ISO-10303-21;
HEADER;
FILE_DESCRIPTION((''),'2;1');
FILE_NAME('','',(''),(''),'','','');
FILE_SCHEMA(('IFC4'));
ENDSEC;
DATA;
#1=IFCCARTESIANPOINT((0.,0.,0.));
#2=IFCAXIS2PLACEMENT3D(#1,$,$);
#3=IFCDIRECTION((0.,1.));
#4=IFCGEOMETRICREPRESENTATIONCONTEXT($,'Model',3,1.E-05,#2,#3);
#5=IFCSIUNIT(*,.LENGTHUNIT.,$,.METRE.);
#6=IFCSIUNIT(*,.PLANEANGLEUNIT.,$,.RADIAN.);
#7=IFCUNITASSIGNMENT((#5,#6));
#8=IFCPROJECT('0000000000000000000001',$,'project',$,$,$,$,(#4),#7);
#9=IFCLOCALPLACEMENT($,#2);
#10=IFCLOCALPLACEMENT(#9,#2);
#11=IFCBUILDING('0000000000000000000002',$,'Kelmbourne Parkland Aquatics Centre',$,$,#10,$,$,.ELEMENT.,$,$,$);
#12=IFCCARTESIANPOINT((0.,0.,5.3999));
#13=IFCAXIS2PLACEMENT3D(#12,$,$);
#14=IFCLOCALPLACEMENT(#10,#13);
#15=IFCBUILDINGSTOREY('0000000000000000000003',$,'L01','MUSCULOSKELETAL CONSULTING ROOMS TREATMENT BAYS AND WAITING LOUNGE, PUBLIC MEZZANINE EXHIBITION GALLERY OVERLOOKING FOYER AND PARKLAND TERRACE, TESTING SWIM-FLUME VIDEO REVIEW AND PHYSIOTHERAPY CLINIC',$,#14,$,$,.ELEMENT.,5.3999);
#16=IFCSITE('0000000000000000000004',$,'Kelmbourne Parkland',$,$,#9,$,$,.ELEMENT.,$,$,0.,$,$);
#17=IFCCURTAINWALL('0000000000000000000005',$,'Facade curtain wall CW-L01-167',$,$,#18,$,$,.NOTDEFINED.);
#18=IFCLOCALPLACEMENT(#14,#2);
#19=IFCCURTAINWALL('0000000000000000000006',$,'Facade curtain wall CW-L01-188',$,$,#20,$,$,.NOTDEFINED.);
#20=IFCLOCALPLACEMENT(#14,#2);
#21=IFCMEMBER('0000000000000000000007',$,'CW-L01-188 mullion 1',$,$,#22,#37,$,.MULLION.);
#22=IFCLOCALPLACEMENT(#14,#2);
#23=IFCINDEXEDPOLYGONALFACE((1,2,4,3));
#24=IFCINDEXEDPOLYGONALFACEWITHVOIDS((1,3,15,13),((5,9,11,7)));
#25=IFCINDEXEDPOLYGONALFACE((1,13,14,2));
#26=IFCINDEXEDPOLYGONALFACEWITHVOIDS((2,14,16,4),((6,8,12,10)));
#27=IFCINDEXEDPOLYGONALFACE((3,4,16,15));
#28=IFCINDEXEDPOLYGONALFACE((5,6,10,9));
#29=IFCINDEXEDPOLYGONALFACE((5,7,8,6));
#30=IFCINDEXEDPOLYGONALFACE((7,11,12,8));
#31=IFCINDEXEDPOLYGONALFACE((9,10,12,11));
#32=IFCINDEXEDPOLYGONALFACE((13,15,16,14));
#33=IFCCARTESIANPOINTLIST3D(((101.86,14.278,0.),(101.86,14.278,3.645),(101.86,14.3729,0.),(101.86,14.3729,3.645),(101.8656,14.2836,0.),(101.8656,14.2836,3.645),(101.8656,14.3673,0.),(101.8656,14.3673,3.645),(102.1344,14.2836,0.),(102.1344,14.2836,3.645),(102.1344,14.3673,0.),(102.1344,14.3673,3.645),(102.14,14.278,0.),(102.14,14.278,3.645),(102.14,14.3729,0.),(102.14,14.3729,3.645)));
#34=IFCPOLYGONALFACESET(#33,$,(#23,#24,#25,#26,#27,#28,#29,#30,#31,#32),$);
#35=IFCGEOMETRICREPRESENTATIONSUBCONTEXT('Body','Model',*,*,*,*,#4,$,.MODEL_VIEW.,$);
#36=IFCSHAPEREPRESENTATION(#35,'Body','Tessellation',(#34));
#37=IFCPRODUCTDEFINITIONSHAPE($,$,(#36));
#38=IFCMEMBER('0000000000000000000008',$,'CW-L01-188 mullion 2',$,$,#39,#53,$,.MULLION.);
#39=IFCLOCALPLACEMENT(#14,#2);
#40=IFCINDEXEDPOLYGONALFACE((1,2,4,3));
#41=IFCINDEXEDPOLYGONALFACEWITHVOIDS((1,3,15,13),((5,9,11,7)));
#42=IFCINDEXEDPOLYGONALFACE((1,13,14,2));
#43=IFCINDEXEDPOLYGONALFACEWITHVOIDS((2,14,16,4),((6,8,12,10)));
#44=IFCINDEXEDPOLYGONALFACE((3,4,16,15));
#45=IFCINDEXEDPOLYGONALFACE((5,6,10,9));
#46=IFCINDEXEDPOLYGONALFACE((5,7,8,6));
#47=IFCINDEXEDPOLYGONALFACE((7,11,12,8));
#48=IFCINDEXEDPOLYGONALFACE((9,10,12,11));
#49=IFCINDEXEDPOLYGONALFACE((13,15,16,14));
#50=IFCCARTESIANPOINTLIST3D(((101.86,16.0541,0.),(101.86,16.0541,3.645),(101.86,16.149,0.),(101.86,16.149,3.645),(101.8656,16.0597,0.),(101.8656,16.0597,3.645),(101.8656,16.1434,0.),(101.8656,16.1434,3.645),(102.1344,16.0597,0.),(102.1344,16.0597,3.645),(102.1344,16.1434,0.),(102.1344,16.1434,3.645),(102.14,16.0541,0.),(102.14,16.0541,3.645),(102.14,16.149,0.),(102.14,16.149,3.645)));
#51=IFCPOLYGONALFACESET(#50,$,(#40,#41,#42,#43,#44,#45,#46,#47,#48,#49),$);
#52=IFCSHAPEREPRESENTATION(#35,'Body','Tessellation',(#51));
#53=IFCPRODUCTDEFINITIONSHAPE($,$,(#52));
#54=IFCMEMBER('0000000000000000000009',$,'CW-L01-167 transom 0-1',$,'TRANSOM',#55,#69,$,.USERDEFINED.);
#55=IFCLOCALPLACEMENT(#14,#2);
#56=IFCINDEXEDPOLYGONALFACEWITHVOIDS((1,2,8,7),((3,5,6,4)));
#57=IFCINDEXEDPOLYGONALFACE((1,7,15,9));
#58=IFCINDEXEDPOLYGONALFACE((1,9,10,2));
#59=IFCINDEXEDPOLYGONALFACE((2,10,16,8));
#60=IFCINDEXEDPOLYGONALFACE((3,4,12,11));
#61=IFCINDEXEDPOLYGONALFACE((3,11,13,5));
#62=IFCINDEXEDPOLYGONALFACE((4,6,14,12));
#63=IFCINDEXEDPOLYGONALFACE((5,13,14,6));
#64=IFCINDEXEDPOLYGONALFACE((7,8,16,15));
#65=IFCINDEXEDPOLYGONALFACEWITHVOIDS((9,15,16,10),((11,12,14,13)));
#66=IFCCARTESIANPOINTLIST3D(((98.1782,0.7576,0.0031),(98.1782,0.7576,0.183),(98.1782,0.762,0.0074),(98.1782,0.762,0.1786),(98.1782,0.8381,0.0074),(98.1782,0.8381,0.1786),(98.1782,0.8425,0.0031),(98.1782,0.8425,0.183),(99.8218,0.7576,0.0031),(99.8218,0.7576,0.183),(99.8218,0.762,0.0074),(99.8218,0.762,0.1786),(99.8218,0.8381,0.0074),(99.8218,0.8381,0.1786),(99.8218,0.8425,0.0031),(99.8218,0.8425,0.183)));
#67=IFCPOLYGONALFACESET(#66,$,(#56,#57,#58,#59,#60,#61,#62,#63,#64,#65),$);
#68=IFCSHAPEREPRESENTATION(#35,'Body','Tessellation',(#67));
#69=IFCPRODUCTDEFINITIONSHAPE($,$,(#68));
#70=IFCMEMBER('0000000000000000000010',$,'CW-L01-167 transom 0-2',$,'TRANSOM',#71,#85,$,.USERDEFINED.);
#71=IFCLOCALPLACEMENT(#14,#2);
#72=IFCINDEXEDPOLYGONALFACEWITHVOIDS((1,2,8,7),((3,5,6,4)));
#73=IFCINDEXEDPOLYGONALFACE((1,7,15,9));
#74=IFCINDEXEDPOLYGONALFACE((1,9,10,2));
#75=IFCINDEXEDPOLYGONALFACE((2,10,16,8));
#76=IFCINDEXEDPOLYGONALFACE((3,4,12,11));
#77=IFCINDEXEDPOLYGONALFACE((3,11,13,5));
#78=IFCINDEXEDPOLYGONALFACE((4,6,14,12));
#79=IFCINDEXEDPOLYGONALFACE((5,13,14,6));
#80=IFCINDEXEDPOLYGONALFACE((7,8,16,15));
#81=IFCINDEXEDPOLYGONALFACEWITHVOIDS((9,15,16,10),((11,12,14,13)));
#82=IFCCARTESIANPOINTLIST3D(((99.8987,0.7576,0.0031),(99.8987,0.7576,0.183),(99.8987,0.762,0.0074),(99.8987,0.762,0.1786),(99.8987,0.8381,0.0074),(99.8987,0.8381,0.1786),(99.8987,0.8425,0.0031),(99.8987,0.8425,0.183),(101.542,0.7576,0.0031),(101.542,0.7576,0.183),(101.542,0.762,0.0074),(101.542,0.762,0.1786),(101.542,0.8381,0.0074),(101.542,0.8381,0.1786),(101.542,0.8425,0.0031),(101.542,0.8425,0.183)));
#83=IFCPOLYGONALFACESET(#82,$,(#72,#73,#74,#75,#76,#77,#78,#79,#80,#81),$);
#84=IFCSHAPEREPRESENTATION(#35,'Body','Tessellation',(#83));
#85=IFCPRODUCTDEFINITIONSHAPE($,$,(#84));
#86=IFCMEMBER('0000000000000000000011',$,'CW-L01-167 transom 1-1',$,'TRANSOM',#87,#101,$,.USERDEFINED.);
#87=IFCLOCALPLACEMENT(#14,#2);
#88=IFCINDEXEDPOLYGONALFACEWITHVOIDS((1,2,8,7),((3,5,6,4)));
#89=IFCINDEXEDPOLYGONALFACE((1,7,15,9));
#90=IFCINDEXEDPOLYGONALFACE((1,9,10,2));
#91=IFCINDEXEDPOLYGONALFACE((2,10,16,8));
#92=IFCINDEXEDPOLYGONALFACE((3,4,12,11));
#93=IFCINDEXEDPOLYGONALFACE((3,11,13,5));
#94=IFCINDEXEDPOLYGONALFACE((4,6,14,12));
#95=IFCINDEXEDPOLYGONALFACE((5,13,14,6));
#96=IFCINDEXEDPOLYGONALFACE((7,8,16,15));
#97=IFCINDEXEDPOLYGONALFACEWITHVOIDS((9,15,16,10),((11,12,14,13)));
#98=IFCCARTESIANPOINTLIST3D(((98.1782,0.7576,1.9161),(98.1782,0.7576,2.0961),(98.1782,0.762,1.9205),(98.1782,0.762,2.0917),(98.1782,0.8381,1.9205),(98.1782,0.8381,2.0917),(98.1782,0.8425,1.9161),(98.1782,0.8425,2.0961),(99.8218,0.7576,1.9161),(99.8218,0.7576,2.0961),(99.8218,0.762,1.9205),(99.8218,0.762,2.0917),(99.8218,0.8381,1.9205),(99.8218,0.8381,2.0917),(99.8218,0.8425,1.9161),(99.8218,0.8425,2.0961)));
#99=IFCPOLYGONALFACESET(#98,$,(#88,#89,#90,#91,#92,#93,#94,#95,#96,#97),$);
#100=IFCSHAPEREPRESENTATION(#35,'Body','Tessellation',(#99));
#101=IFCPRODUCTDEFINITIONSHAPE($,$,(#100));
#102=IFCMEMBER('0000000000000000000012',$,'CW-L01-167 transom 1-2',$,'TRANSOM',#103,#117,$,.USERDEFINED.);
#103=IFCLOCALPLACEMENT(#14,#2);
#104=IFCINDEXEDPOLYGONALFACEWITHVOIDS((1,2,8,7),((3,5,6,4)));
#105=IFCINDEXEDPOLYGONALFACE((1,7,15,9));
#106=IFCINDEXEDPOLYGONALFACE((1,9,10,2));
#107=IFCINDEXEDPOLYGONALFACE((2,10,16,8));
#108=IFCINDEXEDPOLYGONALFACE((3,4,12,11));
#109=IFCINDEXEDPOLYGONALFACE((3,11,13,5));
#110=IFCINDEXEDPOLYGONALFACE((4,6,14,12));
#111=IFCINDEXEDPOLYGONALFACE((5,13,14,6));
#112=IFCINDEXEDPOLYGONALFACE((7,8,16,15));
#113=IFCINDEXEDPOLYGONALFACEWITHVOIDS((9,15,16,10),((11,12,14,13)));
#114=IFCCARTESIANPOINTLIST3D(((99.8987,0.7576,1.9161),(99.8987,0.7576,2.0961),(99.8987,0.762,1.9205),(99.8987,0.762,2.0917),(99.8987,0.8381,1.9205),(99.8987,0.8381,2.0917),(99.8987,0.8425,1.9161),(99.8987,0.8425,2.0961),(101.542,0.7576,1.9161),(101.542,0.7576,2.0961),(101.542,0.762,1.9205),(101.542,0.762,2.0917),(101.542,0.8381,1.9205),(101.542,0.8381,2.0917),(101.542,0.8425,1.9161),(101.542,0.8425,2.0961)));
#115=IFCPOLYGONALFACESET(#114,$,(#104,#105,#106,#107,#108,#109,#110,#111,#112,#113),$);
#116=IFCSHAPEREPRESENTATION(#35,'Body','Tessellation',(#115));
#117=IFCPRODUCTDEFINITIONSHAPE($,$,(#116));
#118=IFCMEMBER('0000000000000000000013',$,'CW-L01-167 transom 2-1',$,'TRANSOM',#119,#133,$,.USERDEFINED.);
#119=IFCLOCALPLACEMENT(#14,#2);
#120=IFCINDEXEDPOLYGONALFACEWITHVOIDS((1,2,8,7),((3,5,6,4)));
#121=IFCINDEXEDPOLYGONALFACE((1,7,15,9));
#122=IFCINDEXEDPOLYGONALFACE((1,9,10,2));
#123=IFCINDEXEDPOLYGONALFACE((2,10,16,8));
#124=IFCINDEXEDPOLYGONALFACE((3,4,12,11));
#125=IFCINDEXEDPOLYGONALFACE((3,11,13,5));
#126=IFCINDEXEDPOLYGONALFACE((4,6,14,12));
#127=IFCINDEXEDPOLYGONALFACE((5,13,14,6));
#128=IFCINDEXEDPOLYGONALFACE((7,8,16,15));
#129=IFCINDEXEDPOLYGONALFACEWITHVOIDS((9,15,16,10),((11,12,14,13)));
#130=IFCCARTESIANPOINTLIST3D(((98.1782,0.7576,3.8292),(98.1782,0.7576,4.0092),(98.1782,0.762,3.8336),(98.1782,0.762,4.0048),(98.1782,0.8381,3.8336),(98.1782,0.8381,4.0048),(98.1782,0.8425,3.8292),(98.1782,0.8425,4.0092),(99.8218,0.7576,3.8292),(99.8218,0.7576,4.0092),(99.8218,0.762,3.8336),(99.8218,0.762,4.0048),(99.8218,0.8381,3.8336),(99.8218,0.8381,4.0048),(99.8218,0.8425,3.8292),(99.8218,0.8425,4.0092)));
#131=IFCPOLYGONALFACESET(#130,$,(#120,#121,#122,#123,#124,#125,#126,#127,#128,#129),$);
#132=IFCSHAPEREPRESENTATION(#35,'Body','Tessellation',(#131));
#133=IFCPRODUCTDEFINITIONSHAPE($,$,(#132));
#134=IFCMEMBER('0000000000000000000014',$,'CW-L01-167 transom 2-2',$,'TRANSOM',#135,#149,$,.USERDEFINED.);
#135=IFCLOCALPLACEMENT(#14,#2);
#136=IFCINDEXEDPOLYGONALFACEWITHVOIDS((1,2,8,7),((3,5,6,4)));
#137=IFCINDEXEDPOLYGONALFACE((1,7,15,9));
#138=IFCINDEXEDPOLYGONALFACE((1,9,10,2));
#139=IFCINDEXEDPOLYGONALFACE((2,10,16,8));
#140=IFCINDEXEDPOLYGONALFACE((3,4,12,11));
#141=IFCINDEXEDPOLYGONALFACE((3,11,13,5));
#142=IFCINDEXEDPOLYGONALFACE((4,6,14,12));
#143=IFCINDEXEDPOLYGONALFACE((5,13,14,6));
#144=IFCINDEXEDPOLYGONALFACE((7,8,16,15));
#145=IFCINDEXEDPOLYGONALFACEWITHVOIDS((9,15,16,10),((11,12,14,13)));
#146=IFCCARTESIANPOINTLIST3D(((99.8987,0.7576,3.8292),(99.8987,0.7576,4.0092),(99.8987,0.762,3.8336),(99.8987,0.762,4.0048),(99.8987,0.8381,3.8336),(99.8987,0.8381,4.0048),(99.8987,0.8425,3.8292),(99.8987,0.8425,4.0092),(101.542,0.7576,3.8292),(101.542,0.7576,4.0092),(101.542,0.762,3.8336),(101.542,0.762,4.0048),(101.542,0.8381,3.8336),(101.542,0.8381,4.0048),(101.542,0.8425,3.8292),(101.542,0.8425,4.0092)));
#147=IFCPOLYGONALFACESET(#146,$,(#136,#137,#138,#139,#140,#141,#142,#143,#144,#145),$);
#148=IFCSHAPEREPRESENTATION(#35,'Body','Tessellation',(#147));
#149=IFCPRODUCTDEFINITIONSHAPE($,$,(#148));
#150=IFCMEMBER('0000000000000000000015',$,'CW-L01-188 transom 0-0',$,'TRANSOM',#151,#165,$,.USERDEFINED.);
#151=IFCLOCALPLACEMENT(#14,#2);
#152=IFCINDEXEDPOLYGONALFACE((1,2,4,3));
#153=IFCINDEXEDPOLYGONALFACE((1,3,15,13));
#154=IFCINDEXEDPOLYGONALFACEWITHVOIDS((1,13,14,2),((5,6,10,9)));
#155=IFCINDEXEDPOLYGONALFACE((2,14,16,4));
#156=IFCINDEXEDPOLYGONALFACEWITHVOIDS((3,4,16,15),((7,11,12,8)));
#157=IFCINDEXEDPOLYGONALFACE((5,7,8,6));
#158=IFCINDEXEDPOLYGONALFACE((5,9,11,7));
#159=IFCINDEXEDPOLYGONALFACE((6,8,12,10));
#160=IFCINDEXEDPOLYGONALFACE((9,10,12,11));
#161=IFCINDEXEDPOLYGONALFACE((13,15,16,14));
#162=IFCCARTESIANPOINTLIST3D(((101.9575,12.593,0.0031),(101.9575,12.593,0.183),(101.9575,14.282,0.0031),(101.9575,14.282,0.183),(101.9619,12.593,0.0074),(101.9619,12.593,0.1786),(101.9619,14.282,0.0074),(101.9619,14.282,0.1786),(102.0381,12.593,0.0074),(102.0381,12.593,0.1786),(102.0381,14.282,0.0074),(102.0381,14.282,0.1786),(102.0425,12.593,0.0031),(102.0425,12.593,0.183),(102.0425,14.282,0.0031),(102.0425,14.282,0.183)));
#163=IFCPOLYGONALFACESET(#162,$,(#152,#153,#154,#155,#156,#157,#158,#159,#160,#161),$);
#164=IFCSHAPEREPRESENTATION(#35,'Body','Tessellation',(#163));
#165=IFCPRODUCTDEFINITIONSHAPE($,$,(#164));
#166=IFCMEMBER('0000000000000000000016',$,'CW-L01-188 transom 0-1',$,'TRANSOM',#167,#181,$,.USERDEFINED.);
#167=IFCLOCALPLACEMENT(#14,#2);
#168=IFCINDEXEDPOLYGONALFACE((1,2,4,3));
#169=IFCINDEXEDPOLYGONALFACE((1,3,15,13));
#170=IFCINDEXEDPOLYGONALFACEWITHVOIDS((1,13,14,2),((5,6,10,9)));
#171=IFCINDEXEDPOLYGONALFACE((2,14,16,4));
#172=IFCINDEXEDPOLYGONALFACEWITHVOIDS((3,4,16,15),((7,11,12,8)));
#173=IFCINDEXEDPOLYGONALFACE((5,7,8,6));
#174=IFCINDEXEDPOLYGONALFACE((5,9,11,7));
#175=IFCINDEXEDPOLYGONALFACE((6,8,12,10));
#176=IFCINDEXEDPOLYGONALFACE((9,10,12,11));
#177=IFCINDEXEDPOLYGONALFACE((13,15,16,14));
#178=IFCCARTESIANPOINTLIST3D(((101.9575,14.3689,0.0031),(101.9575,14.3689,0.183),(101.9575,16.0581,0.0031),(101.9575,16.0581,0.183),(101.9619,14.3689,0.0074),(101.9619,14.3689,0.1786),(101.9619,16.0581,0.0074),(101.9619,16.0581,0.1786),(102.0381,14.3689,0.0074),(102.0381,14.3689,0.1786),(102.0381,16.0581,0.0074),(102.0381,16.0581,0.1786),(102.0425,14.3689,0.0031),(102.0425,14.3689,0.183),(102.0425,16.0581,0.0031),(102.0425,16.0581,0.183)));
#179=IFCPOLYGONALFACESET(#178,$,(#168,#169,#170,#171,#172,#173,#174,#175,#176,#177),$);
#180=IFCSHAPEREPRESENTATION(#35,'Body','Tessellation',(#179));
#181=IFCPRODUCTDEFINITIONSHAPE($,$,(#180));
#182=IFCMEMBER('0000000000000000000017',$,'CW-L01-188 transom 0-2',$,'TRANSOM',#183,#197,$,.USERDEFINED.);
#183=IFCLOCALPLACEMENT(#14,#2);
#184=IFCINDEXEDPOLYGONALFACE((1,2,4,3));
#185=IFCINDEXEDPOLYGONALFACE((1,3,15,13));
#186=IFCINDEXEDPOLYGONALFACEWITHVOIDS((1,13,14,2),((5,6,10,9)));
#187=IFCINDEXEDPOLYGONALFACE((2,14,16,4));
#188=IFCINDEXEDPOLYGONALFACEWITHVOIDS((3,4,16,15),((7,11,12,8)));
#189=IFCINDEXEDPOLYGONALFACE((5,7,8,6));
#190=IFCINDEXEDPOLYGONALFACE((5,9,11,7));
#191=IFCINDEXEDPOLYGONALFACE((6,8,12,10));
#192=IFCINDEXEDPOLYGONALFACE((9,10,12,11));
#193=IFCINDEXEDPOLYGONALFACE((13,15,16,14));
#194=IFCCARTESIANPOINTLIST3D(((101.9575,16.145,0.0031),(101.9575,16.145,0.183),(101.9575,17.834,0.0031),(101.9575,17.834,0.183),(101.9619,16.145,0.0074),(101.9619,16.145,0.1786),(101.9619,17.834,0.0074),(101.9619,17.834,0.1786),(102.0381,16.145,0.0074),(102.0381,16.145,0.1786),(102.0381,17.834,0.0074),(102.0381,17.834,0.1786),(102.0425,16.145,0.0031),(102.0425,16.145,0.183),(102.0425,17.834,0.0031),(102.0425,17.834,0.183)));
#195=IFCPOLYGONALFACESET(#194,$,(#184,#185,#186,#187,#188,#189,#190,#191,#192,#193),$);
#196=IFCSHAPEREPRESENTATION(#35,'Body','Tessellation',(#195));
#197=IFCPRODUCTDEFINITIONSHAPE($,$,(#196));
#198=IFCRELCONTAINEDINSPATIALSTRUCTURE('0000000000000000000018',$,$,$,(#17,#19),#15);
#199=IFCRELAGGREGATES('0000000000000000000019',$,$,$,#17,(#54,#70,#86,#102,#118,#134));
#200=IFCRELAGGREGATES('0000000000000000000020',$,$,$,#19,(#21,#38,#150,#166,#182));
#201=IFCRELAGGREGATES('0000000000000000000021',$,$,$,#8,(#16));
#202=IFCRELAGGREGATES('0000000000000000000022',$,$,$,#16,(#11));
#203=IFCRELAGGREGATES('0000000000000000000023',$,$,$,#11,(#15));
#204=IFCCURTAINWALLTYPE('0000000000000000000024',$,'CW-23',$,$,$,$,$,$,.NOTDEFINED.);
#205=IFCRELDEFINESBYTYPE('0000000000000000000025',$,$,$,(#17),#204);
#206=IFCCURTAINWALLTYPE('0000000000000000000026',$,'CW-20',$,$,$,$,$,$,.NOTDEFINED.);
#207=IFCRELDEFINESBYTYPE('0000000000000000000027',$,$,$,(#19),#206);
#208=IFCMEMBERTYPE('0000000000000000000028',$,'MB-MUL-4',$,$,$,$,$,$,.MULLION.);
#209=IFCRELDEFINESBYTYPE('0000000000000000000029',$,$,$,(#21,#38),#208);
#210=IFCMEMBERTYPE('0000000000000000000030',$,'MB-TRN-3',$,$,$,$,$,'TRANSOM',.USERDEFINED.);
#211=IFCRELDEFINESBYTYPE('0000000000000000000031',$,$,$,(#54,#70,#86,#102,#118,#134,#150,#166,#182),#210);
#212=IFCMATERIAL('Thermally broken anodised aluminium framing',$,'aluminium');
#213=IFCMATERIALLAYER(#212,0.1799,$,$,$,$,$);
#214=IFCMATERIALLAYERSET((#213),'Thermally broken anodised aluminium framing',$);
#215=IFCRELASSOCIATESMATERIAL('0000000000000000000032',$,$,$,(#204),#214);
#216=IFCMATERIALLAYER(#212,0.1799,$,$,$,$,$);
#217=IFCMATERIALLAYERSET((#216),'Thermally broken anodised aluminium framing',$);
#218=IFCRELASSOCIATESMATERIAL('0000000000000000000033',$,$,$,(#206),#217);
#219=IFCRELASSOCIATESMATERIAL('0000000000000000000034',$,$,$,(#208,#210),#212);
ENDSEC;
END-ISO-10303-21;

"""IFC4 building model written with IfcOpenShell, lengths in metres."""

from ifc_helpers import new_model, si_unit, direction, frame, origin, origin_2d, place, context, subcontext, project, spatial, hollow_rectangle, extrude, material, layer, layer_set, material_profile, profile_set, type_object, element, aggregate, save


model = new_model("IFC4")

# Units and contexts
model_context = context("Model", 3, precision=1e-05, world=origin(), true_north=direction((0.0, 1.0)))
body_context = subcontext(model_context, "Body", "Model", "MODEL_VIEW")
ifc_project = project(units=[si_unit("LENGTHUNIT", "METRE"), si_unit("PLANEANGLEUNIT", "RADIAN")], contexts=[model_context])

# Site, building, storey
site_placement = place(None, origin())
site = spatial("IfcSite", under=ifc_project, at=site_placement, Name="Kelmbourne Parkland", CompositionType="ELEMENT", RefElevation=0.0)
building_placement = place(site_placement, origin())
building = spatial("IfcBuilding", under=site, at=building_placement, Name="Kelmbourne Parkland Aquatics Centre", CompositionType="ELEMENT")
storey_placement = place(building_placement, frame((0.0, 0.0, 5.3999)))
storey = spatial("IfcBuildingStorey", under=building, at=storey_placement, Name="L01", Description="MUSCULOSKELETAL CONSULTING ROOMS TREATMENT BAYS AND WAITING LOUNGE, PUBLIC MEZZANINE EXHIBITION GALLERY OVERLOOKING FOYER AND PARKLAND TERRACE, TESTING SWIM-FLUME VIDEO REVIEW AND PHYSIOTHERAPY CLINIC", CompositionType="ELEMENT", Elevation=5.3999)

# Curtain walls, members
ifc_material_1 = material(Name="Thermally broken anodised aluminium framing", Category="aluminium")
ifc_layer_1 = layer(ifc_material_1, 0.1799)
ifc_layer_set_1 = layer_set([ifc_layer_1], Name="Thermally broken anodised aluminium framing")
curtain_wall_type_1 = type_object("IfcCurtainWallType", Name="CW-23", PredefinedType="NOTDEFINED", material=ifc_layer_set_1)
curtain_wall_1_placement = place(storey_placement, origin())
curtain_wall_1 = element("IfcCurtainWall", 1, at=curtain_wall_1_placement, inside=storey, type_object=curtain_wall_type_1, Name="Facade curtain wall CW-L01-167", PredefinedType="NOTDEFINED")
ifc_layer_2 = layer(ifc_material_1, 0.1799)
ifc_layer_set_2 = layer_set([ifc_layer_2], Name="Thermally broken anodised aluminium framing")
curtain_wall_type_2 = type_object("IfcCurtainWallType", Name="CW-20", PredefinedType="NOTDEFINED", material=ifc_layer_set_2)
curtain_wall_2_placement = place(storey_placement, origin())
curtain_wall_2 = element("IfcCurtainWall", 2, at=curtain_wall_2_placement, inside=storey, type_object=curtain_wall_type_2, Name="Facade curtain wall CW-L01-188", PredefinedType="NOTDEFINED")
ifc_material_profile_1 = material_profile(ifc_material_1, hollow_rectangle(XDim=0.095, YDim=0.28, WallThickness=0.0056, at=origin_2d()), Name="CW-M 95x280")
ifc_profile_set_1 = profile_set([ifc_material_profile_1], Name="Thermally broken anodised aluminium framing")
member_type_1 = type_object("IfcMemberType", Name="MB-MUL-4", PredefinedType="MULLION", material=ifc_profile_set_1)
member_1_placement = place(storey_placement, frame((102.0, 14.3254, 0.0), z_axis=(0.0, 0.0, 1.0), x_axis=(0.0, 1.0, 0.0)))
member_1 = element("IfcMember", 3, at=member_1_placement, type_object=member_type_1, Name="CW-L01-188 mullion 1", PredefinedType="MULLION", context=body_context, shape_type="SweptSolid", body=[
    extrude(hollow_rectangle(XDim=0.095, YDim=0.28, WallThickness=0.0056, at=origin_2d()), origin(), (0.0, 0.0, 1.0), 3.645),
])
member_2_placement = place(storey_placement, frame((102.0, 16.1016, 0.0), z_axis=(0.0, 0.0, 1.0), x_axis=(0.0, 1.0, 0.0)))
member_2 = element("IfcMember", 4, at=member_2_placement, type_object=member_type_1, Name="CW-L01-188 mullion 2", PredefinedType="MULLION", context=body_context, shape_type="SweptSolid", body=[
    extrude(hollow_rectangle(XDim=0.095, YDim=0.28, WallThickness=0.0056, at=origin_2d()), origin(), (0.0, 0.0, 1.0), 3.645),
])

# Members
ifc_material_profile_2 = material_profile(ifc_material_1, hollow_rectangle(XDim=0.085, YDim=0.1799, WallThickness=0.0044, at=origin_2d()), Name="CW-T 85x180")
ifc_profile_set_2 = profile_set([ifc_material_profile_2], Name="Thermally broken anodised aluminium framing")
member_type_2 = type_object("IfcMemberType", Name="MB-TRN-3", ElementType="TRANSOM", PredefinedType="USERDEFINED", material=ifc_profile_set_2)
member_3_placement = place(storey_placement, frame((98.1782, 0.8, 0.093), z_axis=(1.0, 0.0, 0.0), x_axis=(0.0, 1.0, 0.0)))
member_3 = element("IfcMember", 5, at=member_3_placement, type_object=member_type_2, Name="CW-L01-167 transom 0-1", ObjectType="TRANSOM", PredefinedType="USERDEFINED", context=body_context, shape_type="SweptSolid", body=[
    extrude(hollow_rectangle(XDim=0.085, YDim=0.1799, WallThickness=0.0044, at=origin_2d()), origin(), (0.0, 0.0, 1.0), 1.6436),
])
member_4_placement = place(storey_placement, frame((99.8987, 0.8, 0.093), z_axis=(1.0, 0.0, 0.0), x_axis=(0.0, 1.0, 0.0)))
member_4 = element("IfcMember", 6, at=member_4_placement, type_object=member_type_2, Name="CW-L01-167 transom 0-2", ObjectType="TRANSOM", PredefinedType="USERDEFINED", context=body_context, shape_type="SweptSolid", body=[
    extrude(hollow_rectangle(XDim=0.085, YDim=0.1799, WallThickness=0.0044, at=origin_2d()), origin(), (0.0, 0.0, 1.0), 1.6433),
])
member_5_placement = place(storey_placement, frame((98.1782, 0.8, 2.0061), z_axis=(1.0, 0.0, 0.0), x_axis=(0.0, 1.0, 0.0)))
member_5 = element("IfcMember", 7, at=member_5_placement, type_object=member_type_2, Name="CW-L01-167 transom 1-1", ObjectType="TRANSOM", PredefinedType="USERDEFINED", context=body_context, shape_type="SweptSolid", body=[
    extrude(hollow_rectangle(XDim=0.085, YDim=0.1799, WallThickness=0.0044, at=origin_2d()), origin(), (0.0, 0.0, 1.0), 1.6436),
])
member_6_placement = place(storey_placement, frame((99.8987, 0.8, 2.0061), z_axis=(1.0, 0.0, 0.0), x_axis=(0.0, 1.0, 0.0)))
member_6 = element("IfcMember", 8, at=member_6_placement, type_object=member_type_2, Name="CW-L01-167 transom 1-2", ObjectType="TRANSOM", PredefinedType="USERDEFINED", context=body_context, shape_type="SweptSolid", body=[
    extrude(hollow_rectangle(XDim=0.085, YDim=0.1799, WallThickness=0.0044, at=origin_2d()), origin(), (0.0, 0.0, 1.0), 1.6433),
])
member_7_placement = place(storey_placement, frame((98.1782, 0.8, 3.9192), z_axis=(1.0, 0.0, 0.0), x_axis=(0.0, 1.0, 0.0)))
member_7 = element("IfcMember", 9, at=member_7_placement, type_object=member_type_2, Name="CW-L01-167 transom 2-1", ObjectType="TRANSOM", PredefinedType="USERDEFINED", context=body_context, shape_type="SweptSolid", body=[
    extrude(hollow_rectangle(XDim=0.085, YDim=0.1799, WallThickness=0.0044, at=origin_2d()), origin(), (0.0, 0.0, 1.0), 1.6436),
])
member_8_placement = place(storey_placement, frame((99.8987, 0.8, 3.9192), z_axis=(1.0, 0.0, 0.0), x_axis=(0.0, 1.0, 0.0)))
member_8 = element("IfcMember", 10, at=member_8_placement, type_object=member_type_2, Name="CW-L01-167 transom 2-2", ObjectType="TRANSOM", PredefinedType="USERDEFINED", context=body_context, shape_type="SweptSolid", body=[
    extrude(hollow_rectangle(XDim=0.085, YDim=0.1799, WallThickness=0.0044, at=origin_2d()), origin(), (0.0, 0.0, 1.0), 1.6433),
])
member_9_placement = place(storey_placement, frame((102.0, 12.593, 0.093), z_axis=(0.0, 1.0, 0.0), x_axis=(-1.0, 0.0, 0.0)))
member_9 = element("IfcMember", 11, at=member_9_placement, type_object=member_type_2, Name="CW-L01-188 transom 0-0", ObjectType="TRANSOM", PredefinedType="USERDEFINED", context=body_context, shape_type="SweptSolid", body=[
    extrude(hollow_rectangle(XDim=0.085, YDim=0.1799, WallThickness=0.0044, at=origin_2d()), origin(), (0.0, 0.0, 1.0), 1.689),
])
member_10_placement = place(storey_placement, frame((102.0, 14.3689, 0.093), z_axis=(0.0, 1.0, 0.0), x_axis=(-1.0, 0.0, 0.0)))
member_10 = element("IfcMember", 12, at=member_10_placement, type_object=member_type_2, Name="CW-L01-188 transom 0-1", ObjectType="TRANSOM", PredefinedType="USERDEFINED", context=body_context, shape_type="SweptSolid", body=[
    extrude(hollow_rectangle(XDim=0.085, YDim=0.1799, WallThickness=0.0044, at=origin_2d()), origin(), (0.0, 0.0, 1.0), 1.6892),
])
member_11_placement = place(storey_placement, frame((102.0, 16.145, 0.093), z_axis=(0.0, 1.0, 0.0), x_axis=(-1.0, 0.0, 0.0)))
member_11 = element("IfcMember", 13, at=member_11_placement, type_object=member_type_2, Name="CW-L01-188 transom 0-2", ObjectType="TRANSOM", PredefinedType="USERDEFINED", context=body_context, shape_type="SweptSolid", body=[
    extrude(hollow_rectangle(XDim=0.085, YDim=0.1799, WallThickness=0.0044, at=origin_2d()), origin(), (0.0, 0.0, 1.0), 1.689),
])

aggregate(curtain_wall_1, [member_3, member_4, member_5, member_6, member_7, member_8])
aggregate(curtain_wall_2, [member_1, member_2, member_9, member_10, member_11])

save(model, "model.ifc")
